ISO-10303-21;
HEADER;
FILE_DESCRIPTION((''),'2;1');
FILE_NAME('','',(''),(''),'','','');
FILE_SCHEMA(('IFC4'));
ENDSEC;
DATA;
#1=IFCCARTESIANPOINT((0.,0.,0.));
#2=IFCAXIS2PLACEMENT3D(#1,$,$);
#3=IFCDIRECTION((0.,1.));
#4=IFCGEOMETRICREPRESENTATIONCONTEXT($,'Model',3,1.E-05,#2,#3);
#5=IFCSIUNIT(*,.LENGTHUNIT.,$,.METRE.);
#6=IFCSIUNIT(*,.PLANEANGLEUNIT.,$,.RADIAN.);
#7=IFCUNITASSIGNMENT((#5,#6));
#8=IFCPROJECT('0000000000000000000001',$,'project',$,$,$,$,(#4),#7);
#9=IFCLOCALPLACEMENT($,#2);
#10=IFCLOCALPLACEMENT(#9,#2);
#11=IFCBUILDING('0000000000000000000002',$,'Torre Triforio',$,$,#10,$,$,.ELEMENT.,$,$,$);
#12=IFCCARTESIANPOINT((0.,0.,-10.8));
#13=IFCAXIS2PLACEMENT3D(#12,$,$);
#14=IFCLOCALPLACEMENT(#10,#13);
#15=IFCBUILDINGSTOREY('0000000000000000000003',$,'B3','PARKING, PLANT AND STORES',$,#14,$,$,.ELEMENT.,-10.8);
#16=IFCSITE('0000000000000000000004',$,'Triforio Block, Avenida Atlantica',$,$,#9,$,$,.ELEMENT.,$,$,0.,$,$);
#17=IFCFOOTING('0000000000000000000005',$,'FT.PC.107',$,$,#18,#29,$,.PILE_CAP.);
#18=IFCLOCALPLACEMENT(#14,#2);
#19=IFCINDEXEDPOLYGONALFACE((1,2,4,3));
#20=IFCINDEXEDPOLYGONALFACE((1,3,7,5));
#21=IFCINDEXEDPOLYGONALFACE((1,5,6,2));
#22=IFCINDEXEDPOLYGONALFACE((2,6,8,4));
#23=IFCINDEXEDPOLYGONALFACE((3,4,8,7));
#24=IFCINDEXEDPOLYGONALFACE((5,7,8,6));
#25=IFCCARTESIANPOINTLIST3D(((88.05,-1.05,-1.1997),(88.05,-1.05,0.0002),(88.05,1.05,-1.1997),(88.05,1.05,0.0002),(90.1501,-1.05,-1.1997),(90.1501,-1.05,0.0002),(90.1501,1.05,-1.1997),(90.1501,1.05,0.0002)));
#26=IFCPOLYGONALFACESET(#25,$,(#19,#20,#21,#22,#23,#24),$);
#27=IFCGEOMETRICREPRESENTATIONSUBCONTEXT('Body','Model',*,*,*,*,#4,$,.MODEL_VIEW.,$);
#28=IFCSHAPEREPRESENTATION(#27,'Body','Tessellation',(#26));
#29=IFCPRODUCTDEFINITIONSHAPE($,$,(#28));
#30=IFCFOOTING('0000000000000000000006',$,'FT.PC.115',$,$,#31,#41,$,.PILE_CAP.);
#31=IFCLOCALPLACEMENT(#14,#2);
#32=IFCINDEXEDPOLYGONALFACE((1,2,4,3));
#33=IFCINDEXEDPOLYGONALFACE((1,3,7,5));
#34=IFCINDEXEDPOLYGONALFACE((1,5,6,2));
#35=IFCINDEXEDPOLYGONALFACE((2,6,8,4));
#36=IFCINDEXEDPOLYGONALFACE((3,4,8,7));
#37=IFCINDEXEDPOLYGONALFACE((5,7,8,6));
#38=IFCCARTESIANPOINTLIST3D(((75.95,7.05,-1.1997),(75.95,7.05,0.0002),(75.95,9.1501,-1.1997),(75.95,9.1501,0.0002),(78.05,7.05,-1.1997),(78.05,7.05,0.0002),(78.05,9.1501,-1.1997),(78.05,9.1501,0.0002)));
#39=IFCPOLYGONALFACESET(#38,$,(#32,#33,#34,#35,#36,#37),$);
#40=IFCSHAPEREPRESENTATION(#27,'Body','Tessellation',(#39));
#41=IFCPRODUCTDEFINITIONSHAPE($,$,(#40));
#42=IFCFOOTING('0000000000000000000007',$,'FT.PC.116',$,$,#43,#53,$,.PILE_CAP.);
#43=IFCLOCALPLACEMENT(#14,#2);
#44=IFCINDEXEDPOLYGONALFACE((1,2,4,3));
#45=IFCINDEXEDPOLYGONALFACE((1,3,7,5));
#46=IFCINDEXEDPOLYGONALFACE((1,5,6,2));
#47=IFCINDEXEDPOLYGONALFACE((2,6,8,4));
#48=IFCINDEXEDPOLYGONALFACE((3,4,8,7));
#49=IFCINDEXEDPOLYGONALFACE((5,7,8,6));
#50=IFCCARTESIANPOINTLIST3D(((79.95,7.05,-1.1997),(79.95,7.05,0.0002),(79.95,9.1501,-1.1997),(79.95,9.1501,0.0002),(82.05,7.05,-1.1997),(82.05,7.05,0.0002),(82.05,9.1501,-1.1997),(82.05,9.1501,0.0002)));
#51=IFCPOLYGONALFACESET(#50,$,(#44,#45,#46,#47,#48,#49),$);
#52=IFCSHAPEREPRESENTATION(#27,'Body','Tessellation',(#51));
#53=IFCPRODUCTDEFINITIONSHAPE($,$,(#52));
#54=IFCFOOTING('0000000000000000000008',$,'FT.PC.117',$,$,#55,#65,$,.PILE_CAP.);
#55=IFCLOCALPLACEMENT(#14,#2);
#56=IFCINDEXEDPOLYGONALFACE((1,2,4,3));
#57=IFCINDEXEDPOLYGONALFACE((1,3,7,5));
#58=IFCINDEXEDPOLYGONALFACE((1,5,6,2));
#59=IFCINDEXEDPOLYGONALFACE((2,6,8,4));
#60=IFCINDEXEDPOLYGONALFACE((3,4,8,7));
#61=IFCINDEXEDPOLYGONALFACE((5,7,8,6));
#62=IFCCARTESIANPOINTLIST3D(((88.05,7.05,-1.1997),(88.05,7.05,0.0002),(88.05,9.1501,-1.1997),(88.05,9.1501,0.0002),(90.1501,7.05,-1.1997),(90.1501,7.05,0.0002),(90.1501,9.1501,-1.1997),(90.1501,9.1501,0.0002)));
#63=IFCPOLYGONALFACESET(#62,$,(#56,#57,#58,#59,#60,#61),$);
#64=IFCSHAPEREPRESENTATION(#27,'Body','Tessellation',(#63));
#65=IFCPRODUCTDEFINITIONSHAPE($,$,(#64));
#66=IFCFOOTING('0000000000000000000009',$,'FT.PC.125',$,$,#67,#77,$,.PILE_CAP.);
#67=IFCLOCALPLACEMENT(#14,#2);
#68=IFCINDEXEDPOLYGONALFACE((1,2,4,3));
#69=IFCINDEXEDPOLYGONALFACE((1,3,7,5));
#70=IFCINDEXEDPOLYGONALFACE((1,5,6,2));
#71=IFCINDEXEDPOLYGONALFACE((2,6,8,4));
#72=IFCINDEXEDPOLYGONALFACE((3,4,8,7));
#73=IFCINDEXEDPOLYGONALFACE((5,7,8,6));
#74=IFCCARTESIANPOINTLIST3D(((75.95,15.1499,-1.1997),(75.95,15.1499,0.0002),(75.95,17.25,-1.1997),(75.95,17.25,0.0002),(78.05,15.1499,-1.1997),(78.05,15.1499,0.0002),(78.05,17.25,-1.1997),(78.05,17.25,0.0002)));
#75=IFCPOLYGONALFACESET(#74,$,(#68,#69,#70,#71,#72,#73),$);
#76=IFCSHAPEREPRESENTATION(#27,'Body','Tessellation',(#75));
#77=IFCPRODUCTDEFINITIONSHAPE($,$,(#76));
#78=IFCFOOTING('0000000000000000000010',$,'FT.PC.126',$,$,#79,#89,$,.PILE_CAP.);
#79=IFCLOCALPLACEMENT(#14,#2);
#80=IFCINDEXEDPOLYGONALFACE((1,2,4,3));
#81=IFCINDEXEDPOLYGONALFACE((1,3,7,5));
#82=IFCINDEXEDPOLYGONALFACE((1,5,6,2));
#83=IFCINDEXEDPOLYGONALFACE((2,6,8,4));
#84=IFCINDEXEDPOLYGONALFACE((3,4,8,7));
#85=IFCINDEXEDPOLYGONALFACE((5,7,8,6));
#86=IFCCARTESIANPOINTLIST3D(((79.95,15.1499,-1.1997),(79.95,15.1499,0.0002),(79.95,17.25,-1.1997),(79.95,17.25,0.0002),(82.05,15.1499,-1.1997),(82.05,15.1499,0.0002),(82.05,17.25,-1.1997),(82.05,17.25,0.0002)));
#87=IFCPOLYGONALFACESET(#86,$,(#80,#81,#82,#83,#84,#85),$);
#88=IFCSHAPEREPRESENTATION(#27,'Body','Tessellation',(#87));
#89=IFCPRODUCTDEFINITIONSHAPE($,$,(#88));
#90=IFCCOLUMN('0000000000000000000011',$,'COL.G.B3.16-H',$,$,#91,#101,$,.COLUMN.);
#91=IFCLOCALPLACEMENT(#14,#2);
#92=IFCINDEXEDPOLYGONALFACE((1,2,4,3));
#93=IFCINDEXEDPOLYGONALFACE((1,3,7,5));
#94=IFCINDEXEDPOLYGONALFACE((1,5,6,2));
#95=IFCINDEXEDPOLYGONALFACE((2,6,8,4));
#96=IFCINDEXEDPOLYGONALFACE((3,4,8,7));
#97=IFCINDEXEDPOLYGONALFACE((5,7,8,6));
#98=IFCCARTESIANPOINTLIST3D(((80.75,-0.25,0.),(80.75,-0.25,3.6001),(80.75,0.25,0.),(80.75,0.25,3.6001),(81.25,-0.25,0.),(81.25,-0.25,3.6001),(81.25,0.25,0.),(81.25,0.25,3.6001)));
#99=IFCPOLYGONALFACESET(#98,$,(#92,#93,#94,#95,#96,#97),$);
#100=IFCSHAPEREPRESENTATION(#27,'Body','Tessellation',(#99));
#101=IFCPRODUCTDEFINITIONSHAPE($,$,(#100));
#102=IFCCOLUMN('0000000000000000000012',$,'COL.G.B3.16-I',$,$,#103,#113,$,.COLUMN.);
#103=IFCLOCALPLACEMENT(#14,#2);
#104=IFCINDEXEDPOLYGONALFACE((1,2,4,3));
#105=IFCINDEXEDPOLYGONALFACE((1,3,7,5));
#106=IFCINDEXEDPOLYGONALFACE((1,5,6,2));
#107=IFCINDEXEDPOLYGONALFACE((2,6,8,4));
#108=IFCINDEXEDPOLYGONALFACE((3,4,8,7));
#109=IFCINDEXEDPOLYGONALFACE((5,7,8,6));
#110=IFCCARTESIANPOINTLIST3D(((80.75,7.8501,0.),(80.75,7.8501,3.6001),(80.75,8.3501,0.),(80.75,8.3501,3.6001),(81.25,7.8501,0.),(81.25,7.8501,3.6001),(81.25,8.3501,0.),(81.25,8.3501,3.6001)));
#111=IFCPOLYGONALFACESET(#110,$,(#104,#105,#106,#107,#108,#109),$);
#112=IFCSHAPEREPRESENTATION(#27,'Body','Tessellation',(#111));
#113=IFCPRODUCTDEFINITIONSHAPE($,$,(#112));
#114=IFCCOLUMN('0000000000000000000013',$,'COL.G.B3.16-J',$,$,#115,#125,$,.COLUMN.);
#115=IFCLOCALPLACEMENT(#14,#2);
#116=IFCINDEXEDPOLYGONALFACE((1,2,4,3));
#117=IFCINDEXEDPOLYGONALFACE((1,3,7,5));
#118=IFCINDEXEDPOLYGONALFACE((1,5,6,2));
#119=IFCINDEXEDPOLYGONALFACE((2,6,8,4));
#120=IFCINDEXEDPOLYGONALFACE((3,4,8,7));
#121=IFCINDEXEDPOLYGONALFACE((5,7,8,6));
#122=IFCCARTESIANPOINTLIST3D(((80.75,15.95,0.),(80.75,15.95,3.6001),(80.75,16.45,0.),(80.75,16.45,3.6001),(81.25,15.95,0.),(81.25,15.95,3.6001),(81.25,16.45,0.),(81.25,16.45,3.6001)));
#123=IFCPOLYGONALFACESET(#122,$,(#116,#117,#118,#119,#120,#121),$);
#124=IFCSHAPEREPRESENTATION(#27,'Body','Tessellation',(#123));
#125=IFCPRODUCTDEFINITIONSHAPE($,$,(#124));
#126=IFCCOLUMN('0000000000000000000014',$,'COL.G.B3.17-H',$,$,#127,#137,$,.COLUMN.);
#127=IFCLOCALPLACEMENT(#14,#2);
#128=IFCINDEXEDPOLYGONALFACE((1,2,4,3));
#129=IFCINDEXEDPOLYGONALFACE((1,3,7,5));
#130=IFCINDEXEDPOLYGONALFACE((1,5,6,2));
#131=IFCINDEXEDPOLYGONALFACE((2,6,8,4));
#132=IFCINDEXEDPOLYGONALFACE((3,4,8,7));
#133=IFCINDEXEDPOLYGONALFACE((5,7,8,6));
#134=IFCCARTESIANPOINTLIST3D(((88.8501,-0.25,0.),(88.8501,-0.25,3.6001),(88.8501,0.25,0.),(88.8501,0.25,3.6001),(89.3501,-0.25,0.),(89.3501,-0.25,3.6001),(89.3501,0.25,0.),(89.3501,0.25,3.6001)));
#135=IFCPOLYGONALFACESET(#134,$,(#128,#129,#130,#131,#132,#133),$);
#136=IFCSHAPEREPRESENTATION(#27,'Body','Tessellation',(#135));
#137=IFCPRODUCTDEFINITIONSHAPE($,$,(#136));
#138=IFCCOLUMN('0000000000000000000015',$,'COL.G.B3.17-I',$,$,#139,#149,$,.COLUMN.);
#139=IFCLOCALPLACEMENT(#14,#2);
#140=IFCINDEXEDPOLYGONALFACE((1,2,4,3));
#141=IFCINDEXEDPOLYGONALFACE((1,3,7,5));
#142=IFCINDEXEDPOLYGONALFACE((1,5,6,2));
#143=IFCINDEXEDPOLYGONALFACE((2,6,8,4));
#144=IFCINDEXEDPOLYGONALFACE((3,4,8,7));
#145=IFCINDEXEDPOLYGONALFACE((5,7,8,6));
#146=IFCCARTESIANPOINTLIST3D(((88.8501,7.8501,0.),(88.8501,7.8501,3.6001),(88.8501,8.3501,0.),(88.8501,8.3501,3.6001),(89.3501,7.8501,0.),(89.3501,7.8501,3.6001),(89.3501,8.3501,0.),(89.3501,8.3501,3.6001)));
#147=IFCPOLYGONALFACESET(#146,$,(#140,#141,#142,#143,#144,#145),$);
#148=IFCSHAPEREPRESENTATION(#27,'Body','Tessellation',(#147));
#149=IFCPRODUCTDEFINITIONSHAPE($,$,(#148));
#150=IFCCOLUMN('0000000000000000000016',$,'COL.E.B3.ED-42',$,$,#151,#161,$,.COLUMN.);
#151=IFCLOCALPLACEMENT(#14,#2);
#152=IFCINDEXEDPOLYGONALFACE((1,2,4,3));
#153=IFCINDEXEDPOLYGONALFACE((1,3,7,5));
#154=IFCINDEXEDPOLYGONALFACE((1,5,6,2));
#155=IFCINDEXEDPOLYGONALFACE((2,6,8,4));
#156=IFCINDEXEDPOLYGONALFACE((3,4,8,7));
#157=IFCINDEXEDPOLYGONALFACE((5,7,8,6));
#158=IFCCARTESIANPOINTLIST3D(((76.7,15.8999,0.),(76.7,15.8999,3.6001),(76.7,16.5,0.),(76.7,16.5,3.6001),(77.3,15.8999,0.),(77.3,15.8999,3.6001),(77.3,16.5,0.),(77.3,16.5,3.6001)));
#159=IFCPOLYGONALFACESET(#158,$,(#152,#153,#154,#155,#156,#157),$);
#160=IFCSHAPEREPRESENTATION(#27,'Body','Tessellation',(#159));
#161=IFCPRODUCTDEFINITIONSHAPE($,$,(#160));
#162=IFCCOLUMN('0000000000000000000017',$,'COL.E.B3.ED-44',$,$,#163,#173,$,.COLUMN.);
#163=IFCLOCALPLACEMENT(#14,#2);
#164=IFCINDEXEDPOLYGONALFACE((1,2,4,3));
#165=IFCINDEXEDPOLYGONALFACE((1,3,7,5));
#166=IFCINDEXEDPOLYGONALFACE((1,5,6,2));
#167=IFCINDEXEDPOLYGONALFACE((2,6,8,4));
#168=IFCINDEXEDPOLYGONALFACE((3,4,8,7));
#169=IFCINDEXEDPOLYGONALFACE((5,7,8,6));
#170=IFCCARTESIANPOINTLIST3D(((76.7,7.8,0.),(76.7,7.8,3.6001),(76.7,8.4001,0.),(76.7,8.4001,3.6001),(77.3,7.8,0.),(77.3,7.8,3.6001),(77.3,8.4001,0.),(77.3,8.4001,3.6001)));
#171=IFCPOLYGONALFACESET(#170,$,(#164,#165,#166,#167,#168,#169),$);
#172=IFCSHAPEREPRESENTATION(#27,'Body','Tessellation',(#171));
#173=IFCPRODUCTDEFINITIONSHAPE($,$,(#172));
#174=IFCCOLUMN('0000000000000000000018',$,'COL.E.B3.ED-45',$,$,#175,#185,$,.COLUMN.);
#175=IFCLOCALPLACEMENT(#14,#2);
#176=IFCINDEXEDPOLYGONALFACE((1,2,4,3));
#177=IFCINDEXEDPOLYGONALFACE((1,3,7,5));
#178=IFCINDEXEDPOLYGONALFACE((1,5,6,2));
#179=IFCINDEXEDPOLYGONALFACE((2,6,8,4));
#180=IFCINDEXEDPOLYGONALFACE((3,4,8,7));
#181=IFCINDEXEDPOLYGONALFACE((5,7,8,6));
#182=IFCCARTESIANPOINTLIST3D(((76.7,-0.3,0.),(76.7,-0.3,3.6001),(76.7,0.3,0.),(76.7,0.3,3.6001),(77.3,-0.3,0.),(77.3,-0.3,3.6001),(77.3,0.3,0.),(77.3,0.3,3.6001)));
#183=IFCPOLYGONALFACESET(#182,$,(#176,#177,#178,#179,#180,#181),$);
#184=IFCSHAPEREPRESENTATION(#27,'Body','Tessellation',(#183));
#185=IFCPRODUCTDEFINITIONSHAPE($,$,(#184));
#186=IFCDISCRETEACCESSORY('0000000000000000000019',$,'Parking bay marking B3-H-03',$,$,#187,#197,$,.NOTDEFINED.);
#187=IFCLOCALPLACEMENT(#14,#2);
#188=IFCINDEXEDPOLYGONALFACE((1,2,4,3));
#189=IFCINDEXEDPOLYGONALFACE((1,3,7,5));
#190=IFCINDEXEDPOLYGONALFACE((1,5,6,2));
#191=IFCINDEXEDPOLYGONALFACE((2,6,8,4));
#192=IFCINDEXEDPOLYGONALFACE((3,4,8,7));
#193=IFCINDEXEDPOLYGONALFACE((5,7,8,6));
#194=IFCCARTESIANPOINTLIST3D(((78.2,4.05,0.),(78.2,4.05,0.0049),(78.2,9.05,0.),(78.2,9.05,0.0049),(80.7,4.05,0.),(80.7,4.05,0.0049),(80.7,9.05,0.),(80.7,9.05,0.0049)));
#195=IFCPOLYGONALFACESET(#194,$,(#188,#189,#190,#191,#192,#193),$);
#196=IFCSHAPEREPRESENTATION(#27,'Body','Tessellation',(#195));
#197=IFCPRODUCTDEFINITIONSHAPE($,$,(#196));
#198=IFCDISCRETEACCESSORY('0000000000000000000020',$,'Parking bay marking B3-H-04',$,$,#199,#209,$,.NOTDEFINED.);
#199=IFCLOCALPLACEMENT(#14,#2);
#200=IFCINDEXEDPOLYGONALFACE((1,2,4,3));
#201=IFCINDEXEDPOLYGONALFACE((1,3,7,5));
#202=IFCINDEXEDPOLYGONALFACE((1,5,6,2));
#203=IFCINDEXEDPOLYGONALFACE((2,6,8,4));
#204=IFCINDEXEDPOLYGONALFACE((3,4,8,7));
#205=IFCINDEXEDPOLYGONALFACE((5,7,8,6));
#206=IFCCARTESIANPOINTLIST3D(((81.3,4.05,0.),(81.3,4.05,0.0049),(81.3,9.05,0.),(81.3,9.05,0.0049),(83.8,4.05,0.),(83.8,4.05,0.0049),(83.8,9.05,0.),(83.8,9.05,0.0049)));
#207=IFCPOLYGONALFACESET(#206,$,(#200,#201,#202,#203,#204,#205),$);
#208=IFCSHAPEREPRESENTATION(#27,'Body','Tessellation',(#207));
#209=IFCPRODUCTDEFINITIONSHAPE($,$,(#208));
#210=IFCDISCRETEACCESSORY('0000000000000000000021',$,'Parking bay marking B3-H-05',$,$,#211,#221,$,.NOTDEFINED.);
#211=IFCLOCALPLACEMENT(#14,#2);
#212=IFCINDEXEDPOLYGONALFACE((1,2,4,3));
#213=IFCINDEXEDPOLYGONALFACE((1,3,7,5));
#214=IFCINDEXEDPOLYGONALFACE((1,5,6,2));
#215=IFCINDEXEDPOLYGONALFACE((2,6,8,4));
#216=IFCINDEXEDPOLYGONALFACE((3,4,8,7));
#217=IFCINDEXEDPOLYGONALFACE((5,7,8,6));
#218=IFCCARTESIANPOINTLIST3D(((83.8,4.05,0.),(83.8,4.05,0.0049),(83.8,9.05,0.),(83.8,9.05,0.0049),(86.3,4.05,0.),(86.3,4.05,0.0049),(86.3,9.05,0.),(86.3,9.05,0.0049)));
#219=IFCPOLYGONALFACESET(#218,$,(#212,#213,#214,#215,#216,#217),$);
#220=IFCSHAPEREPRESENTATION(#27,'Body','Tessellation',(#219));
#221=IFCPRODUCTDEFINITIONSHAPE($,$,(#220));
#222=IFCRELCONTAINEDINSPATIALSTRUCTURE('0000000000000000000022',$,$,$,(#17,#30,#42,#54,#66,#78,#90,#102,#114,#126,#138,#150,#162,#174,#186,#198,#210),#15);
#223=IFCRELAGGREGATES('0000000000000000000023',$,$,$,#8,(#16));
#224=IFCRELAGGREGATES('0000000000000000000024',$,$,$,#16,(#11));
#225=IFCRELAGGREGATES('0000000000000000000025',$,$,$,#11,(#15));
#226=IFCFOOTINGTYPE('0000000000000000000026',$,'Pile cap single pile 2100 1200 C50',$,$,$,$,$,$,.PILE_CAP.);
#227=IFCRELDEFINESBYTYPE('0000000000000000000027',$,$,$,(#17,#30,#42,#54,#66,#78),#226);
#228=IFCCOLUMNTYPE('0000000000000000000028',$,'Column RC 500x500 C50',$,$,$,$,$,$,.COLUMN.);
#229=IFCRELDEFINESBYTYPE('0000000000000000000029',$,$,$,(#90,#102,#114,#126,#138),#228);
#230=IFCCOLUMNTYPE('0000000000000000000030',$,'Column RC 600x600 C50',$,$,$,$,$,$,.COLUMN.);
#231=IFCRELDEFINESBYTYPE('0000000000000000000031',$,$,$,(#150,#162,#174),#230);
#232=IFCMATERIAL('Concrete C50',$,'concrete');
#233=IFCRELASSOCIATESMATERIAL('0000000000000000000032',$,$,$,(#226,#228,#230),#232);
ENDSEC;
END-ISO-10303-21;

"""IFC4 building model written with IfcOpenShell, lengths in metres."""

from ifc_helpers import new_model, si_unit, direction, frame, origin, origin_2d, place, context, subcontext, project, spatial, rectangle, extrude, material, material_profile, profile_set, type_object, element, save


model = new_model("IFC4")

# Units and contexts
model_context = context("Model", 3, precision=1e-05, world=origin(), true_north=direction((0.0, 1.0)))
body_context = subcontext(model_context, "Body", "Model", "MODEL_VIEW")
ifc_project = project(units=[si_unit("LENGTHUNIT", "METRE"), si_unit("PLANEANGLEUNIT", "RADIAN")], contexts=[model_context])

# Site, building, storey
site_placement = place(None, origin())
site = spatial("IfcSite", under=ifc_project, at=site_placement, Name="Triforio Block, Avenida Atlantica", CompositionType="ELEMENT", RefElevation=0.0)
building_placement = place(site_placement, origin())
building = spatial("IfcBuilding", under=site, at=building_placement, Name="Torre Triforio", CompositionType="ELEMENT")
storey_placement = place(building_placement, frame((0.0, 0.0, -10.8)))
storey = spatial("IfcBuildingStorey", under=building, at=storey_placement, Name="B3", Description="PARKING, PLANT AND STORES", CompositionType="ELEMENT", Elevation=-10.8)

# Footings
ifc_material_1 = material(Name="Concrete C50", Category="concrete")
footing_type = type_object("IfcFootingType", Name="Pile cap single pile 2100 1200 C50", PredefinedType="PILE_CAP", material=ifc_material_1)
for number, where, z_axis, x_axis, name in (
    (1, (89.1001, 0.0, -1.1997), (0.0, 0.0, 1.0), (1.0, 0.0, 0.0), "FT.PC.107"),
    (2, (77.0, 8.1001, -1.1997), (0.0, 0.0, 1.0), (1.0, 0.0, 0.0), "FT.PC.115"),
    (3, (81.0, 8.1001, -1.1997), (0.0, 0.0, 1.0), (1.0, 0.0, 0.0), "FT.PC.116"),
    (4, (89.1001, 8.1001, -1.1997), (0.0, 0.0, 1.0), (1.0, 0.0, 0.0), "FT.PC.117"),
    (5, (77.0, 16.2, -1.1997), (0.0, 0.0, 1.0), (1.0, 0.0, 0.0), "FT.PC.125"),
    (6, (81.0, 16.2, -1.1997), (0.0, 0.0, 1.0), (1.0, 0.0, 0.0), "FT.PC.126"),
):
    element("IfcFooting", number, at=place(storey_placement, frame(where, z_axis=z_axis, x_axis=x_axis)), inside=storey, type_object=footing_type, Name=name, PredefinedType="PILE_CAP", context=body_context, shape_type="SweptSolid", body=[
        extrude(rectangle(XDim=2.1001, YDim=2.1001, at=origin_2d()), origin(), (0.0, 0.0, 1.0), 1.2),
    ])

# Columns
ifc_material_profile_1 = material_profile(ifc_material_1, rectangle(XDim=0.5, YDim=0.5, at=origin_2d()), Name="RC 500x500")
ifc_profile_set_1 = profile_set([ifc_material_profile_1], Name="Concrete C50")
column_type_1 = type_object("IfcColumnType", Name="Column RC 500x500 C50", PredefinedType="COLUMN", material=ifc_profile_set_1)
for number, where, z_axis, x_axis, name in (
    (7, (81.0, 0.0, 0.0), (0.0, 0.0, 1.0), (1.0, 0.0, 0.0), "COL.G.B3.16-H"),
    (8, (81.0, 8.1001, 0.0), (0.0, 0.0, 1.0), (1.0, 0.0, 0.0), "COL.G.B3.16-I"),
    (9, (81.0, 16.2, 0.0), (0.0, 0.0, 1.0), (1.0, 0.0, 0.0), "COL.G.B3.16-J"),
    (10, (89.1001, 0.0, 0.0), (0.0, 0.0, 1.0), (1.0, 0.0, 0.0), "COL.G.B3.17-H"),
    (11, (89.1001, 8.1001, 0.0), (0.0, 0.0, 1.0), (1.0, 0.0, 0.0), "COL.G.B3.17-I"),
):
    element("IfcColumn", number, at=place(storey_placement, frame(where, z_axis=z_axis, x_axis=x_axis)), inside=storey, type_object=column_type_1, Name=name, PredefinedType="COLUMN", context=body_context, shape_type="SweptSolid", body=[
        extrude(rectangle(XDim=0.5, YDim=0.5, at=origin_2d()), origin(), (0.0, 0.0, 1.0), 3.6001),
    ])
ifc_material_profile_2 = material_profile(ifc_material_1, rectangle(XDim=0.6001, YDim=0.6001, at=origin_2d()), Name="RC 600x600")
ifc_profile_set_2 = profile_set([ifc_material_profile_2], Name="Concrete C50")
column_type_2 = type_object("IfcColumnType", Name="Column RC 600x600 C50", PredefinedType="COLUMN", material=ifc_profile_set_2)
for number, where, z_axis, x_axis, name in (
    (12, (77.0, 16.2, 0.0), (0.0, 0.0, 1.0), (1.0, 0.0, 0.0), "COL.E.B3.ED-42"),
    (13, (77.0, 8.1001, 0.0), (0.0, 0.0, 1.0), (1.0, 0.0, 0.0), "COL.E.B3.ED-44"),
    (14, (77.0, 0.0, 0.0), (0.0, 0.0, 1.0), (1.0, 0.0, 0.0), "COL.E.B3.ED-45"),
):
    element("IfcColumn", number, at=place(storey_placement, frame(where, z_axis=z_axis, x_axis=x_axis)), inside=storey, type_object=column_type_2, Name=name, PredefinedType="COLUMN", context=body_context, shape_type="SweptSolid", body=[
        extrude(rectangle(XDim=0.6001, YDim=0.6001, at=origin_2d()), origin(), (0.0, 0.0, 1.0), 3.6001),
    ])

# Discrete accessories
for number, where, z_axis, x_axis, name in (
    (15, (79.45, 6.55, 0.0), (0.0, 0.0, 1.0), (1.0, 0.0, 0.0), "Parking bay marking B3-H-03"),
    (16, (82.55, 6.55, 0.0), (0.0, 0.0, 1.0), (1.0, 0.0, 0.0), "Parking bay marking B3-H-04"),
    (17, (85.05, 6.55, 0.0), (0.0, 0.0, 1.0), (1.0, 0.0, 0.0), "Parking bay marking B3-H-05"),
):
    element("IfcDiscreteAccessory", number, at=place(storey_placement, frame(where, z_axis=z_axis, x_axis=x_axis)), inside=storey, Name=name, PredefinedType="NOTDEFINED", context=body_context, shape_type="SweptSolid", body=[
        extrude(rectangle(XDim=2.5, YDim=5.0, at=origin_2d()), origin(), (0.0, 0.0, 1.0), 0.0049),
    ])

save(model, "model.ifc")
